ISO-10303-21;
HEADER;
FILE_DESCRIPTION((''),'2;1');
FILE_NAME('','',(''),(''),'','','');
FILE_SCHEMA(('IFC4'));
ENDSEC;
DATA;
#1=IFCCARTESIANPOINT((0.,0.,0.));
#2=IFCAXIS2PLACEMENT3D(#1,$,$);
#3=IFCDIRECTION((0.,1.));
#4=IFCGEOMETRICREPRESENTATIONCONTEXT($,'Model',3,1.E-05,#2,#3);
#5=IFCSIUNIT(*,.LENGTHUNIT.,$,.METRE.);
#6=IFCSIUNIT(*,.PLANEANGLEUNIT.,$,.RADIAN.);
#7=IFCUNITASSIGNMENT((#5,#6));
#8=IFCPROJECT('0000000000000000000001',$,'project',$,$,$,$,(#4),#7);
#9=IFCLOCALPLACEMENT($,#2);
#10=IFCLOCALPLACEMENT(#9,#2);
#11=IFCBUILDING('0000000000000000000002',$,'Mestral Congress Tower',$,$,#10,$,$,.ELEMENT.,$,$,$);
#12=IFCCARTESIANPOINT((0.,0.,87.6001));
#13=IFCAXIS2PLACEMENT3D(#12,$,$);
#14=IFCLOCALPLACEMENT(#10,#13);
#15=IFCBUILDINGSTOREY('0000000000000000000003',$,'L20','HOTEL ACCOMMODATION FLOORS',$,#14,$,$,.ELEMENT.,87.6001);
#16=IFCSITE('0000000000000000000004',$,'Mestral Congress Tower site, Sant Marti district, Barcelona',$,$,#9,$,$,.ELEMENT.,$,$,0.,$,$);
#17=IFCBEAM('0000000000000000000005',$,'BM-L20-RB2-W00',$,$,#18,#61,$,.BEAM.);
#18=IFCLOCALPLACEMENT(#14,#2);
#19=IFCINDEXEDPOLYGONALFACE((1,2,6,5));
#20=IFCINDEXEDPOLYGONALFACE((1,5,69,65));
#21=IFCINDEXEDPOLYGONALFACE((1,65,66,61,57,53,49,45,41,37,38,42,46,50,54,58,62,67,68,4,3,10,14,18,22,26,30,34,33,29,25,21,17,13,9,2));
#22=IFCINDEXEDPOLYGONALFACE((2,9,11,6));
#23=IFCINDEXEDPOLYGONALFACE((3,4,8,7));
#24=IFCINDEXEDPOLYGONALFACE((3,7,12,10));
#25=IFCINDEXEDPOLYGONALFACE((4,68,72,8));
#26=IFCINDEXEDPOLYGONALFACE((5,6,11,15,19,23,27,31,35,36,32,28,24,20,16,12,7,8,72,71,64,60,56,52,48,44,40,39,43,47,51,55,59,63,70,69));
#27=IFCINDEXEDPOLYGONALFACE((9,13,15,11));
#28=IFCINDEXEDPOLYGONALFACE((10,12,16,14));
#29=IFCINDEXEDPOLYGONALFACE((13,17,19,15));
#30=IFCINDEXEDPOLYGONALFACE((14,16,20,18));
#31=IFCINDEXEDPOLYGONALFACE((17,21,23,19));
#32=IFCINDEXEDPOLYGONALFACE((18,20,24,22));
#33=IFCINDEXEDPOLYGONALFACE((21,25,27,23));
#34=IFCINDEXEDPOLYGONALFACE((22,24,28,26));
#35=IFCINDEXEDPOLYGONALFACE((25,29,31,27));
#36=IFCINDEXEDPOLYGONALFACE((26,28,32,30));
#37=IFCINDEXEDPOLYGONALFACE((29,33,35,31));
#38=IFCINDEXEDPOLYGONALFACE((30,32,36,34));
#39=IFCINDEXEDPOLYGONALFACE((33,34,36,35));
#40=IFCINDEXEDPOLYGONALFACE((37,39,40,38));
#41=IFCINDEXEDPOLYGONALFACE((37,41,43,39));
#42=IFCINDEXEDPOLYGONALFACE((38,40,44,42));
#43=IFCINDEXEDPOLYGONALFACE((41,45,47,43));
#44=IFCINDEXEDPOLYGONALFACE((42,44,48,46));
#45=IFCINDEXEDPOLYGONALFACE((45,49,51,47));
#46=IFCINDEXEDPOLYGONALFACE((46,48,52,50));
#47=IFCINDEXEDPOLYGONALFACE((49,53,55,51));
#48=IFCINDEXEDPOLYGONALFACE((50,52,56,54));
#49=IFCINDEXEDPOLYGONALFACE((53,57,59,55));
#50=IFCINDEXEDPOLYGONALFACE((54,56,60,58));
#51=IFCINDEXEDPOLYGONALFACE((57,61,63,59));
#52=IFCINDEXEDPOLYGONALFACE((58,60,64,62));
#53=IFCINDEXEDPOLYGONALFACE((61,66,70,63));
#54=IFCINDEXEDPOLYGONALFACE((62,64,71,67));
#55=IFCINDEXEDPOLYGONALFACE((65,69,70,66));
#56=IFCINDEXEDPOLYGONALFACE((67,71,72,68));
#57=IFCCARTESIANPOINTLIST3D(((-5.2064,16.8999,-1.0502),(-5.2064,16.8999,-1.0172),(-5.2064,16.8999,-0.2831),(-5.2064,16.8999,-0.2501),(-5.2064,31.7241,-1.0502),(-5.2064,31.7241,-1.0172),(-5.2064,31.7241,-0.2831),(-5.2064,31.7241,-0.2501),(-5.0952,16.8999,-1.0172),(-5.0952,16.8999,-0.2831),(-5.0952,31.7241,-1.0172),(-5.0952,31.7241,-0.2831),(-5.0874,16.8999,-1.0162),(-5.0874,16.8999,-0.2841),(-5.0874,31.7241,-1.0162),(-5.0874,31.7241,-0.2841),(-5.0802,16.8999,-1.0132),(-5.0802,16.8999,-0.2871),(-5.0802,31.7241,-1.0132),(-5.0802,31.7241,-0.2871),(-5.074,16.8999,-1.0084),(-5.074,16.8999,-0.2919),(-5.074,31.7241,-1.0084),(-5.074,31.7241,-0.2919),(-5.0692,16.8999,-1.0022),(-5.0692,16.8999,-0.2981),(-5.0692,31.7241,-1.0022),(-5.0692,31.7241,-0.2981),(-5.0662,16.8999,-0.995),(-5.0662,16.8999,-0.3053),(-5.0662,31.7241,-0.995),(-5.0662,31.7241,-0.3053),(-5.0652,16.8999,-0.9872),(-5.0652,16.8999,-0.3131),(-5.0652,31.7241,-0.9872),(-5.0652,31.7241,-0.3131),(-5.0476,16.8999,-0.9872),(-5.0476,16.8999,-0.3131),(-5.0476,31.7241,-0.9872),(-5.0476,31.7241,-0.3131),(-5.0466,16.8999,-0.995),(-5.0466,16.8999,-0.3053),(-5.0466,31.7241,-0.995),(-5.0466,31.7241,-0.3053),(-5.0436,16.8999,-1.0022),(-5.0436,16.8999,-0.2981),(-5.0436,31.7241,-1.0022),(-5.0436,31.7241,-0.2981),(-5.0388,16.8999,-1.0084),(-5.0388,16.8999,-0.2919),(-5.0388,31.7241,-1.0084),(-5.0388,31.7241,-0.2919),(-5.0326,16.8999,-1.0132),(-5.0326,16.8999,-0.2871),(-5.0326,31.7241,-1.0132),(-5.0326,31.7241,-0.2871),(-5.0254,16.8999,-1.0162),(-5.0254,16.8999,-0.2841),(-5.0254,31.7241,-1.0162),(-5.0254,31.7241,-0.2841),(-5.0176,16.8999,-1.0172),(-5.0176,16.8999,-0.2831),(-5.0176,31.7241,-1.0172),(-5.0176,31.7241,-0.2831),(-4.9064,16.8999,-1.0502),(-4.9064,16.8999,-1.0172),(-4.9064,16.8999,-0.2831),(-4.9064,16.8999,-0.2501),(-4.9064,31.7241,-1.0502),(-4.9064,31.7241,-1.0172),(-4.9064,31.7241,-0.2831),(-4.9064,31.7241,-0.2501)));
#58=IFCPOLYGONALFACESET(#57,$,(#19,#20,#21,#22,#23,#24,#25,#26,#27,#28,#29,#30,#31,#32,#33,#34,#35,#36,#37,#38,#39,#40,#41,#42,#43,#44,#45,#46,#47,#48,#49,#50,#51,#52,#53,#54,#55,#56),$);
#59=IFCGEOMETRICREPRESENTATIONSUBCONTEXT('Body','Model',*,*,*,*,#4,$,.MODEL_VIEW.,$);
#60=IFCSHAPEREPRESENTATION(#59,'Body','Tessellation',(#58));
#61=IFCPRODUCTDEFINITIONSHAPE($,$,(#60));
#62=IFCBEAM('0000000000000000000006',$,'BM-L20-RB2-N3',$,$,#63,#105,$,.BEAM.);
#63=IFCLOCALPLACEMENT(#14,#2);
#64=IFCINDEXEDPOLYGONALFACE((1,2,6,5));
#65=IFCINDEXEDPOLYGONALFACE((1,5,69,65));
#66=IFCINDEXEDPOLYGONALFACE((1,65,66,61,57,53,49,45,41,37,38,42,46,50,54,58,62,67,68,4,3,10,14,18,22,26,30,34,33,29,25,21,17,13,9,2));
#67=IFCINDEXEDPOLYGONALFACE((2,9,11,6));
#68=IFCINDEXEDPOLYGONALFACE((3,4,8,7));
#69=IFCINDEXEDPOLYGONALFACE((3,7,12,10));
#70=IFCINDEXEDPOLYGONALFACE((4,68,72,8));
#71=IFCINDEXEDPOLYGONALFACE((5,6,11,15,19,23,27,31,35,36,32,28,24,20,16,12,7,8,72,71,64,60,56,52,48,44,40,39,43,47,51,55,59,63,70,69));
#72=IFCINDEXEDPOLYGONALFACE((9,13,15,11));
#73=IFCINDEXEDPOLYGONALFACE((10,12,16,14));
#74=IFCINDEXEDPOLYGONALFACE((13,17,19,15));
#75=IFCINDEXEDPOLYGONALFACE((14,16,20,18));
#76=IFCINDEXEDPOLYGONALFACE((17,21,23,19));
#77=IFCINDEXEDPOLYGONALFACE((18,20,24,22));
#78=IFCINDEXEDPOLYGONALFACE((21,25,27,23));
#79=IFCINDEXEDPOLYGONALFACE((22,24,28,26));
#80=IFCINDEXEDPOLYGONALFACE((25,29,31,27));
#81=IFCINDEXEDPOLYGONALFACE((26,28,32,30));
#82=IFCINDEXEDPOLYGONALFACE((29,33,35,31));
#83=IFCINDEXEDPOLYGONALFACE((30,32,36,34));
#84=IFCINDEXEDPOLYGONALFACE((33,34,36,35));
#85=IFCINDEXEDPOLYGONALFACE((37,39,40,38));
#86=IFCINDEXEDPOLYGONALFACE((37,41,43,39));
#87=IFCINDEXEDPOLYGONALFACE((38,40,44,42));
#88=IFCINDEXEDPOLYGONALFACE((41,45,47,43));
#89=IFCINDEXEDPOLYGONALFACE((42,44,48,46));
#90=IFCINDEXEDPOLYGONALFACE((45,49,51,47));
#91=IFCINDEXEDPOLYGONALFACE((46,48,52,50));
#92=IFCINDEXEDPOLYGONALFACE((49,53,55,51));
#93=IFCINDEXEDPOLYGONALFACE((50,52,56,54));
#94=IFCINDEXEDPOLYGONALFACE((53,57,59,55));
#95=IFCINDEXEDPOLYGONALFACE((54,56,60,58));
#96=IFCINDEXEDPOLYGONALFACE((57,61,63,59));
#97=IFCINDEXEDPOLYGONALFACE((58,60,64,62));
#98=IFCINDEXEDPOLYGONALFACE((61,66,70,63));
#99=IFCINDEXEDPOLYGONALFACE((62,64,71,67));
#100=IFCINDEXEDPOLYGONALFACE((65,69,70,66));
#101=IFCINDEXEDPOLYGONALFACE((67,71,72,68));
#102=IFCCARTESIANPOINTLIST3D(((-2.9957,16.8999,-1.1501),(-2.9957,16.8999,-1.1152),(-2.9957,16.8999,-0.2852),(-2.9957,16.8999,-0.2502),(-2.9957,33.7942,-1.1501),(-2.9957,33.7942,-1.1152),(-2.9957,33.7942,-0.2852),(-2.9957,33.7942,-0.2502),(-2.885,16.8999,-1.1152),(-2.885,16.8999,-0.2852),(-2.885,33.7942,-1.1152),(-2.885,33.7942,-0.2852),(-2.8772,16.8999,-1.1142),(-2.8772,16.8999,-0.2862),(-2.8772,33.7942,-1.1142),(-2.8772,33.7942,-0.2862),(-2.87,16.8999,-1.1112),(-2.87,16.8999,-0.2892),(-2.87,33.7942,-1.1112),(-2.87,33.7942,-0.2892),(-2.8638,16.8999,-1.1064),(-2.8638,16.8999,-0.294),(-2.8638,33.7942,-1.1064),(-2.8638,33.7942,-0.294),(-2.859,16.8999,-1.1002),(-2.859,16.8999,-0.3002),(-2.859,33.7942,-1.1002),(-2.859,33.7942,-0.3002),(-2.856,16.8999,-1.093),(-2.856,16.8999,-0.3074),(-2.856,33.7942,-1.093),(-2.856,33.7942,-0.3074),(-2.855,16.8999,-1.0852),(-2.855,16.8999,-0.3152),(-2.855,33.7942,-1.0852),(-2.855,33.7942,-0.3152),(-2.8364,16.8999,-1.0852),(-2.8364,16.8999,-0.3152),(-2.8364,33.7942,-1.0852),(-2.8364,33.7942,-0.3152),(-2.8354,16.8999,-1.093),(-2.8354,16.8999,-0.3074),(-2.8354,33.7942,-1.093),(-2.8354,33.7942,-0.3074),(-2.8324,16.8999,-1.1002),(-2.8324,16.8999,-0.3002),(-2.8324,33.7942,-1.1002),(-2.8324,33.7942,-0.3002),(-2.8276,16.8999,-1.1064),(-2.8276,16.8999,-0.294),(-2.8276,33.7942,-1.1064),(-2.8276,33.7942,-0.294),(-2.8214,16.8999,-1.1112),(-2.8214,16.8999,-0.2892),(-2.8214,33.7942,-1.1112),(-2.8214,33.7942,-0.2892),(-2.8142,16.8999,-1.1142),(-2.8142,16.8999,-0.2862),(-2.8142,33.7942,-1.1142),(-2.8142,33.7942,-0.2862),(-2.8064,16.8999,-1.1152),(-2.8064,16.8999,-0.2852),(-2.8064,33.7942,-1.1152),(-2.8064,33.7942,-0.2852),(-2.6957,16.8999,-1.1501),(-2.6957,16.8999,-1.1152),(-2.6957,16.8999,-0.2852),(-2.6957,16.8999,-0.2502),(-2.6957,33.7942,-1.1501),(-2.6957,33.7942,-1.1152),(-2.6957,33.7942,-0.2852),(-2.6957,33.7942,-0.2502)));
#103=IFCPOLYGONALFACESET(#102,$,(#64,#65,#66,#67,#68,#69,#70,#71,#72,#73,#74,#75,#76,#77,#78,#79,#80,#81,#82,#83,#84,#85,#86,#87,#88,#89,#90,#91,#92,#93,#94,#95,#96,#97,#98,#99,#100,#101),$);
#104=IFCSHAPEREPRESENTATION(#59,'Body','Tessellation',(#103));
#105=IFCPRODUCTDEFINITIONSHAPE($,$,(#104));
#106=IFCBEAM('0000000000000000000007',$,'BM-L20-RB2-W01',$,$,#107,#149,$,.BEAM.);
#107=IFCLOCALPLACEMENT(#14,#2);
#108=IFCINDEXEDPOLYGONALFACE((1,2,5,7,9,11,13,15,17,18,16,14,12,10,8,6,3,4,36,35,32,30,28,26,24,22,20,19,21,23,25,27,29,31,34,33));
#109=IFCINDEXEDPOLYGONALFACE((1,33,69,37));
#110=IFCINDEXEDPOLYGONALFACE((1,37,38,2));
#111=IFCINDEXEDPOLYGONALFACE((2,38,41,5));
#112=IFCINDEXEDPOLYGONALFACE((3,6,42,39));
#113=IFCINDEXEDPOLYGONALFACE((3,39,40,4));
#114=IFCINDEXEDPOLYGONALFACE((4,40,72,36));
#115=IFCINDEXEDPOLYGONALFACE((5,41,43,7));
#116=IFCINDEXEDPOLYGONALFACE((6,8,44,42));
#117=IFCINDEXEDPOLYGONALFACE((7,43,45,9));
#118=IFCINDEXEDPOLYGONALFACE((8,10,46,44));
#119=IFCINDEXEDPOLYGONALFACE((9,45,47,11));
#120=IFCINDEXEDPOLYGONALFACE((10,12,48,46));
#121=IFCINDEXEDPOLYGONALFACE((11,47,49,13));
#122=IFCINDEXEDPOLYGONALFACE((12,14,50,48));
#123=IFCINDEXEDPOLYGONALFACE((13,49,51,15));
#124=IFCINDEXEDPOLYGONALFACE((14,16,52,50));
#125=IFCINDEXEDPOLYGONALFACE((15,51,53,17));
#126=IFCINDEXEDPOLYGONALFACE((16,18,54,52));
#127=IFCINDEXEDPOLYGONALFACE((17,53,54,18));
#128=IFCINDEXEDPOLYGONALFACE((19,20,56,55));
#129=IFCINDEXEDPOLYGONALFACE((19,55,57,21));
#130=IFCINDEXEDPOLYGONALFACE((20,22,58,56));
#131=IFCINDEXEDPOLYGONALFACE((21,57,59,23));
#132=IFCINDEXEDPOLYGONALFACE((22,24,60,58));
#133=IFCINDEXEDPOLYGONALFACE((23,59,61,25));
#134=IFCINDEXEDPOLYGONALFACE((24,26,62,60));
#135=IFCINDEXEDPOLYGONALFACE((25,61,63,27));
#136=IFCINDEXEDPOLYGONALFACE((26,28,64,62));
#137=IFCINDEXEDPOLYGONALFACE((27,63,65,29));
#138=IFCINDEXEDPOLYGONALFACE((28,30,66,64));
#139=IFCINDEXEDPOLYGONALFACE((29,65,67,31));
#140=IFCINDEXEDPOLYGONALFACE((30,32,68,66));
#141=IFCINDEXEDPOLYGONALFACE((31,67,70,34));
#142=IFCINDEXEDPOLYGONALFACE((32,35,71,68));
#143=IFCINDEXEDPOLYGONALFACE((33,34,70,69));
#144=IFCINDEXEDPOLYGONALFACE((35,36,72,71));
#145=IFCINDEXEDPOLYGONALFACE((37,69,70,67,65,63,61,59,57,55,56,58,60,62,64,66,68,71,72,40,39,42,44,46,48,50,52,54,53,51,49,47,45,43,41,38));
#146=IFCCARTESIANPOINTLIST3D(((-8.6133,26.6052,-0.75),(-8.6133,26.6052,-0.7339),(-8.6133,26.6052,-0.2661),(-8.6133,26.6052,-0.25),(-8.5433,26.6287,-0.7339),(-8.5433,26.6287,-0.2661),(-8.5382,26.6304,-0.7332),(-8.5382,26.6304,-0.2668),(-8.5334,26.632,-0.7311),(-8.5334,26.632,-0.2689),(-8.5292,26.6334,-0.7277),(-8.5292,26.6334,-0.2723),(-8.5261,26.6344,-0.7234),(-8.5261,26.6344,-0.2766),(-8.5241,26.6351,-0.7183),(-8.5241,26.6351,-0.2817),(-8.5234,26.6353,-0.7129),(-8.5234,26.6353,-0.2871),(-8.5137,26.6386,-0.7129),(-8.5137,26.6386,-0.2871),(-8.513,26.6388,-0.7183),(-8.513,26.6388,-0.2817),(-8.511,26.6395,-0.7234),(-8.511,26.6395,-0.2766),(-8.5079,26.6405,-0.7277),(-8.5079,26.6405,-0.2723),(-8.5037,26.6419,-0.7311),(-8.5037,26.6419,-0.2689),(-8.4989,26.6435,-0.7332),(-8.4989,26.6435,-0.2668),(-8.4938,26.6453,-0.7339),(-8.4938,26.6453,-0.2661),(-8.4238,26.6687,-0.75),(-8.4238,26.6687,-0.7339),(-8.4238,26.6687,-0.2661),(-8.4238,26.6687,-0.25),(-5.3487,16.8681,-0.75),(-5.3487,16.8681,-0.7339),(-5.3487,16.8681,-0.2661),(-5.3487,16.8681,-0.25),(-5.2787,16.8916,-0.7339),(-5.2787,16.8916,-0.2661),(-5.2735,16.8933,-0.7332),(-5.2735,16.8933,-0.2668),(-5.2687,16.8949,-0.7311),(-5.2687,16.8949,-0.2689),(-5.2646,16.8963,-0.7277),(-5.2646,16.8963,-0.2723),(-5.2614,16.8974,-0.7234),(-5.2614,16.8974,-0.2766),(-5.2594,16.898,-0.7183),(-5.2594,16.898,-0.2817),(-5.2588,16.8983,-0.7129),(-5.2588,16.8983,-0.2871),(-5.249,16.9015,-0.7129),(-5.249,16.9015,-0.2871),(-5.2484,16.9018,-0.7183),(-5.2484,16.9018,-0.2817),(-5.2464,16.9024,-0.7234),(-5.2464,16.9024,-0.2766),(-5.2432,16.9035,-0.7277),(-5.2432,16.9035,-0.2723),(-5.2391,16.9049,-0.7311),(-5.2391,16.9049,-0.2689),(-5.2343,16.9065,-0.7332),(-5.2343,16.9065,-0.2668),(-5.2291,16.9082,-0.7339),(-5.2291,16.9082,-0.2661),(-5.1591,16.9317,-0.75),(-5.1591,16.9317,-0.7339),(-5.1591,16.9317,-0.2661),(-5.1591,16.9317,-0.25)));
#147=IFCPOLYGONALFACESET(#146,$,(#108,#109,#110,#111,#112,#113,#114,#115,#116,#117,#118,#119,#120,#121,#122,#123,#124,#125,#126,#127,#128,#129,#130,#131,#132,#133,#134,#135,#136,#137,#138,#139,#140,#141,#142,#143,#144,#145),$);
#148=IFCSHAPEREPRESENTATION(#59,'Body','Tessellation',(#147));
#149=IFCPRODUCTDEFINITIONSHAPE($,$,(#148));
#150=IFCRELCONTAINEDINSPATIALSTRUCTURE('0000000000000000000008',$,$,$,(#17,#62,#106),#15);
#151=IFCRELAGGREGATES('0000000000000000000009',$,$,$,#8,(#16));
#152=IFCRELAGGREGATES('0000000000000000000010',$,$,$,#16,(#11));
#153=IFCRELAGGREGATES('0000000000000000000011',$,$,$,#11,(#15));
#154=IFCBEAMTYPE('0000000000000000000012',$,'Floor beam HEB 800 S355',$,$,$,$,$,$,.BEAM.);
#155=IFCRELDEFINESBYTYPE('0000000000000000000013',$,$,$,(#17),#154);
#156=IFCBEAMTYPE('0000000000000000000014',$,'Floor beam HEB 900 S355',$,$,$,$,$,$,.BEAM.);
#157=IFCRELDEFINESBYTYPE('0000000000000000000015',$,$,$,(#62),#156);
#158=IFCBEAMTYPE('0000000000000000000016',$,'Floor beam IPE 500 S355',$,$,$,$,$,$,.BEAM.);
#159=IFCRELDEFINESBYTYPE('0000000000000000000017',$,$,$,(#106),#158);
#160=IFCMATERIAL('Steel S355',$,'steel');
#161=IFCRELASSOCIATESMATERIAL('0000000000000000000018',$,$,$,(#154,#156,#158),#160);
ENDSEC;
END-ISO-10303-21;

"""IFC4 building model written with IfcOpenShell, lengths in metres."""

from ifc_helpers import new_model, si_unit, direction, frame, origin, origin_2d, place, context, subcontext, project, spatial, i_section, extrude, material, material_profile, profile_set, type_object, element, save


model = new_model("IFC4")

# Units and contexts
model_context = context("Model", 3, precision=1e-05, world=origin(), true_north=direction((0.0, 1.0)))
body_context = subcontext(model_context, "Body", "Model", "MODEL_VIEW")
ifc_project = project(units=[si_unit("LENGTHUNIT", "METRE"), si_unit("PLANEANGLEUNIT", "RADIAN")], contexts=[model_context])

# Site, building, storey
site_placement = place(None, origin())
site = spatial("IfcSite", under=ifc_project, at=site_placement, Name="Mestral Congress Tower site, Sant Marti district, Barcelona", CompositionType="ELEMENT", RefElevation=0.0)
building_placement = place(site_placement, origin())
building = spatial("IfcBuilding", under=site, at=building_placement, Name="Mestral Congress Tower", CompositionType="ELEMENT")
storey_placement = place(building_placement, frame((0.0, 0.0, 87.6001)))
storey = spatial("IfcBuildingStorey", under=building, at=storey_placement, Name="L20", Description="HOTEL ACCOMMODATION FLOORS", CompositionType="ELEMENT", Elevation=87.6001)

# Beams
ifc_material_1 = material(Name="Steel S355", Category="steel")
ifc_material_profile_1 = material_profile(ifc_material_1, i_section(OverallWidth=0.3, OverallDepth=0.8, WebThickness=0.0176, FlangeThickness=0.033, FilletRadius=0.03, at=origin_2d()), Name="HEB 800")
ifc_profile_set_1 = profile_set([ifc_material_profile_1], Name="Steel S355")
beam_type_1 = type_object("IfcBeamType", Name="Floor beam HEB 800 S355", PredefinedType="BEAM", material=ifc_profile_set_1)
beam_1_placement = place(storey_placement, frame((-5.0564, 31.7241, -0.6501), z_axis=(0.0, -1.0, 0.0), x_axis=(1.0, 0.0, 0.0)))
element("IfcBeam", 1, at=beam_1_placement, inside=storey, type_object=beam_type_1, Name="BM-L20-RB2-W00", PredefinedType="BEAM", context=body_context, shape_type="SweptSolid", body=[
    extrude(i_section(OverallWidth=0.3, OverallDepth=0.8, WebThickness=0.0176, FlangeThickness=0.033, FilletRadius=0.03, at=origin_2d()), origin(), (0.0, 0.0, 1.0), 14.8242),
])
ifc_material_profile_2 = material_profile(ifc_material_1, i_section(OverallWidth=0.3, OverallDepth=0.8999, WebThickness=0.0186, FlangeThickness=0.0349, FilletRadius=0.03, at=origin_2d()), Name="HEB 900")
ifc_profile_set_2 = profile_set([ifc_material_profile_2], Name="Steel S355")
beam_type_2 = type_object("IfcBeamType", Name="Floor beam HEB 900 S355", PredefinedType="BEAM", material=ifc_profile_set_2)
beam_2_placement = place(storey_placement, frame((-2.8457, 33.7942, -0.7002), z_axis=(0.0, -1.0, 0.0), x_axis=(1.0, 0.0, 0.0)))
element("IfcBeam", 2, at=beam_2_placement, inside=storey, type_object=beam_type_2, Name="BM-L20-RB2-N3", PredefinedType="BEAM", context=body_context, shape_type="SweptSolid", body=[
    extrude(i_section(OverallWidth=0.3, OverallDepth=0.8999, WebThickness=0.0186, FlangeThickness=0.0349, FilletRadius=0.03, at=origin_2d()), origin(), (0.0, 0.0, 1.0), 16.8943),
])
ifc_material_profile_3 = material_profile(ifc_material_1, i_section(OverallWidth=0.2, OverallDepth=0.5, WebThickness=0.0103, FlangeThickness=0.0161, FilletRadius=0.021, at=origin_2d()), Name="IPE 500")
ifc_profile_set_3 = profile_set([ifc_material_profile_3], Name="Steel S355")
beam_type_3 = type_object("IfcBeamType", Name="Floor beam IPE 500 S355", PredefinedType="BEAM", material=ifc_profile_set_3)
beam_3_placement = place(storey_placement, frame((-8.5186, 26.637, -0.5), z_axis=(0.317889, -0.948128, 0.0), x_axis=(0.948128, 0.317889, 0.0)))
element("IfcBeam", 3, at=beam_3_placement, inside=storey, type_object=beam_type_3, Name="BM-L20-RB2-W01", PredefinedType="BEAM", context=body_context, shape_type="SweptSolid", body=[
    extrude(i_section(OverallWidth=0.2, OverallDepth=0.5, WebThickness=0.0103, FlangeThickness=0.0161, FilletRadius=0.021, at=origin_2d()), origin(), (0.0, 0.0, 1.0), 10.2698),
])

save(model, "model.ifc")
